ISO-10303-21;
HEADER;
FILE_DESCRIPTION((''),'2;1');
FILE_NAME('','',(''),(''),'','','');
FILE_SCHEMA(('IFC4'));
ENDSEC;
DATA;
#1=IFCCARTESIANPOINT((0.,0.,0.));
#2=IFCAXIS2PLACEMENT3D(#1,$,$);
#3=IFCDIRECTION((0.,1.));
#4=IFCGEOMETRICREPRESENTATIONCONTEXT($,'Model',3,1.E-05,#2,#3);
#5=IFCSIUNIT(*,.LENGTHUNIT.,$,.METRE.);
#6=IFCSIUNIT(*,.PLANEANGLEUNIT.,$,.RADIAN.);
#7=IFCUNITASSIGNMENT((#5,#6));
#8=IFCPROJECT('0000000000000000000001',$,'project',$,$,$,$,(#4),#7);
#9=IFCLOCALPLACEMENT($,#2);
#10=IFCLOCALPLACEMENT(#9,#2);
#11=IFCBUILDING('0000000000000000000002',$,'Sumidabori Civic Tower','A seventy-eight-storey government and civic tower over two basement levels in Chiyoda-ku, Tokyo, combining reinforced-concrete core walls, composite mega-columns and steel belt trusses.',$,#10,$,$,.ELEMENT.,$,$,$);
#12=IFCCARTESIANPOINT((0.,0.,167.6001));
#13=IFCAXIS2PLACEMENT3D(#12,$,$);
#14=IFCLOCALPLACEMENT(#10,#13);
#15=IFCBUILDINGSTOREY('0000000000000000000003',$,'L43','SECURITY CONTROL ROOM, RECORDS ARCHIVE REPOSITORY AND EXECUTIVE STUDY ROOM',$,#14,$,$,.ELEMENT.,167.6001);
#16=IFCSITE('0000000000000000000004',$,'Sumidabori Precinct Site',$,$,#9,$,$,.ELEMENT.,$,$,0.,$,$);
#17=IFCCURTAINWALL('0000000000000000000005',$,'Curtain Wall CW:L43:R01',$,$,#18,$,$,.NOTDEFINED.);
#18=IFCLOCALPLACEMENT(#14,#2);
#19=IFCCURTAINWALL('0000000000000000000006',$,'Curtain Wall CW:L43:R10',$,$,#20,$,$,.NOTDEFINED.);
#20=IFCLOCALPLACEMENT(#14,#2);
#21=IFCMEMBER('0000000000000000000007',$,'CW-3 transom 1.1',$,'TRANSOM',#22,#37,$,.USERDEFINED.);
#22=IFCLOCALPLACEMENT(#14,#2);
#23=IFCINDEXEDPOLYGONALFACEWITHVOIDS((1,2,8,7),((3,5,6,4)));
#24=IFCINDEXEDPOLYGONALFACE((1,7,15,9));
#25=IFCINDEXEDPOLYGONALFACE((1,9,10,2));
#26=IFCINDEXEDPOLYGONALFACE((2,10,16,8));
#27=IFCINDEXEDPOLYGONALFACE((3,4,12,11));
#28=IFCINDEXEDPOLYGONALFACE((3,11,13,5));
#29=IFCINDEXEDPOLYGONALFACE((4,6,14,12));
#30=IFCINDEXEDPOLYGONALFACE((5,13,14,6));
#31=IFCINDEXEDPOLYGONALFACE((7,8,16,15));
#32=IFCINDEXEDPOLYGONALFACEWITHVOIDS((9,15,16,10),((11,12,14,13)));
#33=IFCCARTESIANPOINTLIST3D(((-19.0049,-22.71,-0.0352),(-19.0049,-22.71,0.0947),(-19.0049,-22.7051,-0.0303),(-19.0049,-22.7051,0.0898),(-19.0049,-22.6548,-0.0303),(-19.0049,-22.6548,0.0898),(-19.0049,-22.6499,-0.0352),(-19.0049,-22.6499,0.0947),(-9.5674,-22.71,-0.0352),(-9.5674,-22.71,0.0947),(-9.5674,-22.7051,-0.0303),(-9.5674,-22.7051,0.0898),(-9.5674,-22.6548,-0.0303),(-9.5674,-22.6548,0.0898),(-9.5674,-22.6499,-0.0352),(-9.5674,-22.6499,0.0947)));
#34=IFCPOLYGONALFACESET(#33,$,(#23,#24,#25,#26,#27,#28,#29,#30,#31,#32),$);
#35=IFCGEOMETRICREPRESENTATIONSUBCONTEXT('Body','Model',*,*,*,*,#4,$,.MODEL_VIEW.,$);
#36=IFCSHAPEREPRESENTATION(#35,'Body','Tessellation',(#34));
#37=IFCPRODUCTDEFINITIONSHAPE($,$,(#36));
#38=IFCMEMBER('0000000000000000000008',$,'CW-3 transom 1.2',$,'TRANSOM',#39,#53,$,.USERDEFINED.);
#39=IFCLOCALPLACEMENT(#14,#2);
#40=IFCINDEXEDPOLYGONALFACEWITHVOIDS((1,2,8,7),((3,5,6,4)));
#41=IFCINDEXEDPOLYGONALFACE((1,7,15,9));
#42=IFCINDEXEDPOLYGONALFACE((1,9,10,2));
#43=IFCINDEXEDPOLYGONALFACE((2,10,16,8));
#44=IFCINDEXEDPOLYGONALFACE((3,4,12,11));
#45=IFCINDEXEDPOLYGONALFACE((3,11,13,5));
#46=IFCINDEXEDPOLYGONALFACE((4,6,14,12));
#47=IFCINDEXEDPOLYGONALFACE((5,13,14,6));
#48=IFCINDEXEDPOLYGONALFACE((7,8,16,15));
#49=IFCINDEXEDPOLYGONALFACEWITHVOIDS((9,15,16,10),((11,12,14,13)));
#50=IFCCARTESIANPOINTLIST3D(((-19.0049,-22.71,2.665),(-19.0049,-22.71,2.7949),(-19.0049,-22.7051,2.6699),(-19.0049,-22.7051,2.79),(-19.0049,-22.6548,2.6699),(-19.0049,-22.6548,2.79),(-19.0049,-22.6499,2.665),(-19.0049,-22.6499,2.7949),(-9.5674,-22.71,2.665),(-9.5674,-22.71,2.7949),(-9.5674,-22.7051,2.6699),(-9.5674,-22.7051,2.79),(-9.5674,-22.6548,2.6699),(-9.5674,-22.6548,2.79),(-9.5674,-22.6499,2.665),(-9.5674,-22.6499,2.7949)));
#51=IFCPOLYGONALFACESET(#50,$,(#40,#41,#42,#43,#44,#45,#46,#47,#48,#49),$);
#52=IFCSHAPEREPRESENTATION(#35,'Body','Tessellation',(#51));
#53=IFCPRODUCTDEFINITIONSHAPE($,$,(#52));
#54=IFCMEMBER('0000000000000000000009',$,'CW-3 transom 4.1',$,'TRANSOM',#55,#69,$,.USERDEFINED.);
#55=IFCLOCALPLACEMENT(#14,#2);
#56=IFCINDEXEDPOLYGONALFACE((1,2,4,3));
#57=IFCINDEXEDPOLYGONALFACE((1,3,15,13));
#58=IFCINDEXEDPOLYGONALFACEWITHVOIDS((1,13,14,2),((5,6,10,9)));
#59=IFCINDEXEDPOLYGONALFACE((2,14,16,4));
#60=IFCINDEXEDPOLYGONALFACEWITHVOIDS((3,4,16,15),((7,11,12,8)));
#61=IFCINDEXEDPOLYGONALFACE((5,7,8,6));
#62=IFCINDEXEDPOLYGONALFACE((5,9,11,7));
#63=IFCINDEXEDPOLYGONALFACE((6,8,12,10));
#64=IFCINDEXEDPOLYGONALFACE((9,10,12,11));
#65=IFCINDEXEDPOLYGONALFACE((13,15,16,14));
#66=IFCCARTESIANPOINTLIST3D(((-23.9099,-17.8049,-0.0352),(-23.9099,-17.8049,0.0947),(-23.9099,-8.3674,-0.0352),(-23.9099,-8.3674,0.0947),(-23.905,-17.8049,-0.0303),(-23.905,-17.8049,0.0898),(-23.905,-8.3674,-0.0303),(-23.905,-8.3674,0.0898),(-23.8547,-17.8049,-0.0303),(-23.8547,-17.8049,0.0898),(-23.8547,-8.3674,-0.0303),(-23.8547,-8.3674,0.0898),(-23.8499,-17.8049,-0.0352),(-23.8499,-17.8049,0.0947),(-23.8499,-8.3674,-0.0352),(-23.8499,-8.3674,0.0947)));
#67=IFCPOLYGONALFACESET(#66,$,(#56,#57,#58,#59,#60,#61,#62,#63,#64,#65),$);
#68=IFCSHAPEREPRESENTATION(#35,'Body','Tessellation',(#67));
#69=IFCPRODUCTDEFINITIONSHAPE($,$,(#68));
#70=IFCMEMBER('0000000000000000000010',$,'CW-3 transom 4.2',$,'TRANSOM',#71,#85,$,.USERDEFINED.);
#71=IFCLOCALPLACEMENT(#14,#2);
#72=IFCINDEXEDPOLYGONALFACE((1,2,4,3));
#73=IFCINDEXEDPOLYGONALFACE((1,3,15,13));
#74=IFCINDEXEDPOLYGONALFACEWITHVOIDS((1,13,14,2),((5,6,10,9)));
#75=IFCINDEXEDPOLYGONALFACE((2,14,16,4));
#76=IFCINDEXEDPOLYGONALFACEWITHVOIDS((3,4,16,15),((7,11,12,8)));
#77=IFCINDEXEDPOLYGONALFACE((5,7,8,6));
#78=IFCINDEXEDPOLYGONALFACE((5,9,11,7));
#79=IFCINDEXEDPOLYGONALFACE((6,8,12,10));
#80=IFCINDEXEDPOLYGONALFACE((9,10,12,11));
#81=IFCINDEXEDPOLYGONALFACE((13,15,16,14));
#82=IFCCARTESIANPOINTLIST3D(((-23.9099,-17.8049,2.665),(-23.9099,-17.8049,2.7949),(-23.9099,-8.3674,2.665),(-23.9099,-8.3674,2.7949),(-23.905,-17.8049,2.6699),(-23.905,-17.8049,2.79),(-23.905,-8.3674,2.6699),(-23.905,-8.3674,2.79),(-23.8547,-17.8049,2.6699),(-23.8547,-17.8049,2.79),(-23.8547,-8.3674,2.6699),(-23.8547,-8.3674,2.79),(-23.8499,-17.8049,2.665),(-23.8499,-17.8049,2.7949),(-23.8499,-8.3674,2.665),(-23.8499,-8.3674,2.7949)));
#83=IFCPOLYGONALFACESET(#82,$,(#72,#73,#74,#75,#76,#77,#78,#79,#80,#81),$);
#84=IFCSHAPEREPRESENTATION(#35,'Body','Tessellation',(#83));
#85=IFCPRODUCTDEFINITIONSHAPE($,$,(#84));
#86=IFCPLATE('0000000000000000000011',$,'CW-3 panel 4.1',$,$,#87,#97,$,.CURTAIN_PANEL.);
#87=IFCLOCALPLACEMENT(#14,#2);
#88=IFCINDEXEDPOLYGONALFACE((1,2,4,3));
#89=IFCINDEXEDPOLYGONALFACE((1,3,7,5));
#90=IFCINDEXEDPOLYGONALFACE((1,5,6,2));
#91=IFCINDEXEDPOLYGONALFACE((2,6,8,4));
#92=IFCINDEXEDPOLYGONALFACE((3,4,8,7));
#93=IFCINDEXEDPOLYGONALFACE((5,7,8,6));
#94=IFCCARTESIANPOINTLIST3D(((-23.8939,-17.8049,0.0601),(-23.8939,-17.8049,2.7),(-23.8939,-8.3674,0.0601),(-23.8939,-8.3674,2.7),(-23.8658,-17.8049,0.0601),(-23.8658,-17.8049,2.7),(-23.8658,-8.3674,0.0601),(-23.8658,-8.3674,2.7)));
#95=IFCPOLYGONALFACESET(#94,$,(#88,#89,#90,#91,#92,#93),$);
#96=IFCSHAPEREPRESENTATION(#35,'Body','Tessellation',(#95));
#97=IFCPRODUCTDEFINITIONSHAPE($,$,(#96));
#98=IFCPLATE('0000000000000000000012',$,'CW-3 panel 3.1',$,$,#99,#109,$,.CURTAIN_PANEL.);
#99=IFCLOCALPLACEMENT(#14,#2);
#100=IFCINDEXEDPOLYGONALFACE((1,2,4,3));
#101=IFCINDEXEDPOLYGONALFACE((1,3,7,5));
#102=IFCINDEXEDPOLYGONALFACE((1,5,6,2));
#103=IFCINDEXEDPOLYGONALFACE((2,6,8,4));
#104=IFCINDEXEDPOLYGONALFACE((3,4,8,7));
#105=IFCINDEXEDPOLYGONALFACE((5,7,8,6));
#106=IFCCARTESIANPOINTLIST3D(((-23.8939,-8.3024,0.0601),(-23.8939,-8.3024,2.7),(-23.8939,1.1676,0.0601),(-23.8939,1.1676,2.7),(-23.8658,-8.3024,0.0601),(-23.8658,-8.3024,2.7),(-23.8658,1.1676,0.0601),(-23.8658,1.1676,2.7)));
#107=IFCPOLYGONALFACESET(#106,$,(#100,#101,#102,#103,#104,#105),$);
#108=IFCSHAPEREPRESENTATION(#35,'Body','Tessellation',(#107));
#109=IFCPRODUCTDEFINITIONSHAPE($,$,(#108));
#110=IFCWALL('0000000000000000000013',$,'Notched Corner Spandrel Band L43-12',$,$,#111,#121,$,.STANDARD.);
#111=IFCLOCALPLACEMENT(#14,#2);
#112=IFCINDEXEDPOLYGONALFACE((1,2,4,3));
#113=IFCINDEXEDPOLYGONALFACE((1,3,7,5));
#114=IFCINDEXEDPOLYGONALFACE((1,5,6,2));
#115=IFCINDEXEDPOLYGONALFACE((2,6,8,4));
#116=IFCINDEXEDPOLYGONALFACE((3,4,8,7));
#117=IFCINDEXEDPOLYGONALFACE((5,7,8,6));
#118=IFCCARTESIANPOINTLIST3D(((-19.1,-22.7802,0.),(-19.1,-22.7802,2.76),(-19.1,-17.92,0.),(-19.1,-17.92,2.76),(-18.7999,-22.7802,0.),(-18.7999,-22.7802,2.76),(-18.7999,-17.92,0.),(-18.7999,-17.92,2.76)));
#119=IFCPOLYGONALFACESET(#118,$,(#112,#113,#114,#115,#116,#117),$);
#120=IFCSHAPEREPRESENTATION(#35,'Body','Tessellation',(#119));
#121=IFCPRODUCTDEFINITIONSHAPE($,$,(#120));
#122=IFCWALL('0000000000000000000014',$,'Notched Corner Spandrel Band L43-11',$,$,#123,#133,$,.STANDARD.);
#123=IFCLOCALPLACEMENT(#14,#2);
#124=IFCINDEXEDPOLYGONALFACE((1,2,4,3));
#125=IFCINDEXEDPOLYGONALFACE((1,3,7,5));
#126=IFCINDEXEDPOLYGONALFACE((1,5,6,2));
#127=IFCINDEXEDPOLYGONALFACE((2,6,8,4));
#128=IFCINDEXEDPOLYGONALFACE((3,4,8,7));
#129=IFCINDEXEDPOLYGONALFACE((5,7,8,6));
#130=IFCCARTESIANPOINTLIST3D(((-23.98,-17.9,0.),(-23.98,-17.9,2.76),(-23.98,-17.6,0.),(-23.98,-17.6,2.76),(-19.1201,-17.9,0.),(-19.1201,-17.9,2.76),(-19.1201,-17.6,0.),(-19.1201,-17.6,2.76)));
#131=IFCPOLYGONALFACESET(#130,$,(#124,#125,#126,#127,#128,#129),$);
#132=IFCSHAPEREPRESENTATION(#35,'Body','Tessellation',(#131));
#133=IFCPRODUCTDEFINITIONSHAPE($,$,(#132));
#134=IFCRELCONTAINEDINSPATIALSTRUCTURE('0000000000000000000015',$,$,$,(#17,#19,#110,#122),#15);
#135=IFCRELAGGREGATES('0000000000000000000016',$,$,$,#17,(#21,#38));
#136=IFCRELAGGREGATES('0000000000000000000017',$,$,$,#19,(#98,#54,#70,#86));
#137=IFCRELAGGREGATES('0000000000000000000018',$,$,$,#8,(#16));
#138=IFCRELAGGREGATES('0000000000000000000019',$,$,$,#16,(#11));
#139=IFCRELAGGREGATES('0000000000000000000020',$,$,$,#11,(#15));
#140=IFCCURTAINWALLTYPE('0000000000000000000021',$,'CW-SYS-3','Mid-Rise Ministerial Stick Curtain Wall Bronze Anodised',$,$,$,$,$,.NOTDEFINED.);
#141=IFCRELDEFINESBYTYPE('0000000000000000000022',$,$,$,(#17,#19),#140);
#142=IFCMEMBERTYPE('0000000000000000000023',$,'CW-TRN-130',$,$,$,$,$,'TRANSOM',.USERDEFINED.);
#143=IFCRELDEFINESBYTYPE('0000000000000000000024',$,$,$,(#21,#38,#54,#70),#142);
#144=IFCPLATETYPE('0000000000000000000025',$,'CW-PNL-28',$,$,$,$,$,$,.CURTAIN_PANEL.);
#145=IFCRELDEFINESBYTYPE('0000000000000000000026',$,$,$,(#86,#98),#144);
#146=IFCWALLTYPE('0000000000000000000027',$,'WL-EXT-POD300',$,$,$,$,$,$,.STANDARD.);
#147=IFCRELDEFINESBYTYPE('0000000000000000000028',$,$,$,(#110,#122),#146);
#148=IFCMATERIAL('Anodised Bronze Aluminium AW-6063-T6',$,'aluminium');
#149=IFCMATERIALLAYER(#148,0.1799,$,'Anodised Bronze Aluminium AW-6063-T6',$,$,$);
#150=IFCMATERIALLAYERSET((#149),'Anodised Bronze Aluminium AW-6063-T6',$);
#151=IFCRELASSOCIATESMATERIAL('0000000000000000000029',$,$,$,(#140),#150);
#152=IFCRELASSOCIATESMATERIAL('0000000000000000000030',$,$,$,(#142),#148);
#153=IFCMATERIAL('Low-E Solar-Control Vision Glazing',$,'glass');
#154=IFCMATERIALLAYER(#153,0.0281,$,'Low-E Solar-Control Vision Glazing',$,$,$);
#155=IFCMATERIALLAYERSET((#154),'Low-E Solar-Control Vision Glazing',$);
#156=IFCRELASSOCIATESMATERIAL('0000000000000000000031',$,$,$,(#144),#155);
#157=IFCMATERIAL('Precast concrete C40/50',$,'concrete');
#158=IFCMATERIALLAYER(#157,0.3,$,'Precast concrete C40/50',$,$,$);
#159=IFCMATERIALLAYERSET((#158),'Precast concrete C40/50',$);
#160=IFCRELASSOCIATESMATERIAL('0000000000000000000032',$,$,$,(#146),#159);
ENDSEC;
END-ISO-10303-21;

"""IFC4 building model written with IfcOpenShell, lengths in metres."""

from ifc_helpers import new_model, si_unit, direction, frame, frame_2d, origin, origin_2d, place, context, subcontext, project, spatial, rectangle, hollow_rectangle, extrude, source, transform, mapped, material, layer, layer_set, material_profile, profile_set, type_object, element, aggregate, save


model = new_model("IFC4")

# Units and contexts
model_context = context("Model", 3, precision=1e-05, world=origin(), true_north=direction((0.0, 1.0)))
body_context = subcontext(model_context, "Body", "Model", "MODEL_VIEW")
ifc_project = project(units=[si_unit("LENGTHUNIT", "METRE"), si_unit("PLANEANGLEUNIT", "RADIAN")], contexts=[model_context])

# Site, building, storey
site_placement = place(None, origin())
site = spatial("IfcSite", under=ifc_project, at=site_placement, Name="Sumidabori Precinct Site", CompositionType="ELEMENT", RefElevation=0.0)
building_placement = place(site_placement, origin())
building = spatial("IfcBuilding", under=site, at=building_placement, Name="Sumidabori Civic Tower", Description="A seventy-eight-storey government and civic tower over two basement levels in Chiyoda-ku, Tokyo, combining reinforced-concrete core walls, composite mega-columns and steel belt trusses.", CompositionType="ELEMENT")
storey_placement = place(building_placement, frame((0.0, 0.0, 167.6001)))
storey = spatial("IfcBuildingStorey", under=building, at=storey_placement, Name="L43", Description="SECURITY CONTROL ROOM, RECORDS ARCHIVE REPOSITORY AND EXECUTIVE STUDY ROOM", CompositionType="ELEMENT", Elevation=167.6001)

# Curtain wall
ifc_material_1 = material(Name="Anodised Bronze Aluminium AW-6063-T6", Category="aluminium")
ifc_layer_1 = layer(ifc_material_1, 0.1799, Name="Anodised Bronze Aluminium AW-6063-T6")
ifc_layer_set_1 = layer_set([ifc_layer_1], Name="Anodised Bronze Aluminium AW-6063-T6")
curtain_wall_type = type_object("IfcCurtainWallType", Name="CW-SYS-3", Description="Mid-Rise Ministerial Stick Curtain Wall Bronze Anodised", PredefinedType="NOTDEFINED", material=ifc_layer_set_1)
curtain_wall_1_placement = place(storey_placement, origin())
curtain_wall_1 = element("IfcCurtainWall", 1, at=curtain_wall_1_placement, inside=storey, type_object=curtain_wall_type, Name="Curtain Wall CW:L43:R01", PredefinedType="NOTDEFINED")

# Curtain wall
curtain_wall_2_placement = place(storey_placement, origin())
curtain_wall_2 = element("IfcCurtainWall", 2, at=curtain_wall_2_placement, inside=storey, type_object=curtain_wall_type, Name="Curtain Wall CW:L43:R10", PredefinedType="NOTDEFINED")

# Members
ifc_material_profile_1 = material_profile(ifc_material_1, hollow_rectangle(XDim=0.0601, YDim=0.1299, WallThickness=0.0049, at=origin_2d()), Name="ALU TRANSOM 130x60")
ifc_profile_set_1 = profile_set([ifc_material_profile_1], Name="Anodised Bronze Aluminium AW-6063-T6")
member_type_1 = type_object("IfcMemberType", Name="CW-TRN-130", ElementType="TRANSOM", PredefinedType="USERDEFINED", material=ifc_profile_set_1)
shared_shape_1 = source(origin(), body_context, "Body", "SweptSolid", [
    extrude(hollow_rectangle(XDim=0.0601, YDim=0.1299, WallThickness=0.0049, at=origin_2d()), origin(), (0.0, 0.0, 1.0), 9.4375),
])
member_1_placement = place(storey_placement, frame((-19.0049, -22.6799, 0.0298), z_axis=(1.0, 0.0, 0.0), x_axis=(0.0, 1.0, 0.0)))
member_1 = element("IfcMember", 3, at=member_1_placement, type_object=member_type_1, Name="CW-3 transom 1.1", ObjectType="TRANSOM", PredefinedType="USERDEFINED", context=body_context, shape_type="MappedRepresentation", body=[
    mapped(shared_shape_1, transform((0.0, 0.0, 0.0), x_axis=(1.0, 0.0, 0.0), y_axis=(0.0, 1.0, 0.0), z_axis=(0.0, 0.0, 1.0), scale=1.0)),
])
member_2_placement = place(storey_placement, frame((-19.0049, -22.6799, 2.73), z_axis=(1.0, 0.0, 0.0), x_axis=(0.0, 1.0, 0.0)))
member_2 = element("IfcMember", 4, at=member_2_placement, type_object=member_type_1, Name="CW-3 transom 1.2", ObjectType="TRANSOM", PredefinedType="USERDEFINED", context=body_context, shape_type="MappedRepresentation", body=[
    mapped(shared_shape_1, transform((0.0, 0.0, 0.0), x_axis=(1.0, 0.0, 0.0), y_axis=(0.0, 1.0, 0.0), z_axis=(0.0, 0.0, 1.0), scale=1.0)),
])
aggregate(curtain_wall_1, [member_1, member_2])
member_3_placement = place(storey_placement, frame((-23.8799, -8.3674, 0.0298), z_axis=(0.0, -1.0, 0.0), x_axis=(1.0, 0.0, 0.0)))
member_3 = element("IfcMember", 5, at=member_3_placement, type_object=member_type_1, Name="CW-3 transom 4.1", ObjectType="TRANSOM", PredefinedType="USERDEFINED", context=body_context, shape_type="MappedRepresentation", body=[
    mapped(shared_shape_1, transform((0.0, 0.0, 0.0), x_axis=(1.0, 0.0, 0.0), y_axis=(0.0, 1.0, 0.0), z_axis=(0.0, 0.0, 1.0), scale=1.0)),
])
member_4_placement = place(storey_placement, frame((-23.8799, -8.3674, 2.73), z_axis=(0.0, -1.0, 0.0), x_axis=(1.0, 0.0, 0.0)))
member_4 = element("IfcMember", 6, at=member_4_placement, type_object=member_type_1, Name="CW-3 transom 4.2", ObjectType="TRANSOM", PredefinedType="USERDEFINED", context=body_context, shape_type="MappedRepresentation", body=[
    mapped(shared_shape_1, transform((0.0, 0.0, 0.0), x_axis=(1.0, 0.0, 0.0), y_axis=(0.0, 1.0, 0.0), z_axis=(0.0, 0.0, 1.0), scale=1.0)),
])

# Plates
ifc_material_2 = material(Name="Low-E Solar-Control Vision Glazing", Category="glass")
ifc_layer_2 = layer(ifc_material_2, 0.0281, Name="Low-E Solar-Control Vision Glazing")
ifc_layer_set_2 = layer_set([ifc_layer_2], Name="Low-E Solar-Control Vision Glazing")
plate_type = type_object("IfcPlateType", Name="CW-PNL-28", PredefinedType="CURTAIN_PANEL", material=ifc_layer_set_2)
shared_shape_2 = source(origin(), body_context, "Body", "SweptSolid", [
    extrude(rectangle(XDim=9.4375, YDim=0.0281, at=origin_2d()), origin(), (0.0, 0.0, 1.0), 2.6399),
])
plate_1_placement = place(storey_placement, frame((-23.8799, -13.0862, 0.0601), z_axis=(0.0, 0.0, 1.0), x_axis=(0.0, -1.0, 0.0)))
plate_1 = element("IfcPlate", 7, at=plate_1_placement, type_object=plate_type, Name="CW-3 panel 4.1", PredefinedType="CURTAIN_PANEL", context=body_context, shape_type="MappedRepresentation", body=[
    mapped(shared_shape_2, transform((0.0, 0.0, 0.0), x_axis=(1.0, 0.0, 0.0), y_axis=(0.0, 1.0, 0.0), z_axis=(0.0, 0.0, 1.0), scale=1.0)),
])
shared_shape_3 = source(origin(), body_context, "Body", "SweptSolid", [
    extrude(rectangle(XDim=9.47, YDim=0.0281, at=origin_2d()), origin(), (0.0, 0.0, 1.0), 2.6399),
])
plate_2_placement = place(storey_placement, frame((-23.8799, -3.5674, 0.0601), z_axis=(0.0, 0.0, 1.0), x_axis=(0.0, -1.0, 0.0)))
plate_2 = element("IfcPlate", 8, at=plate_2_placement, type_object=plate_type, Name="CW-3 panel 3.1", PredefinedType="CURTAIN_PANEL", context=body_context, shape_type="MappedRepresentation", body=[
    mapped(shared_shape_3, transform((0.0, 0.0, 0.0), x_axis=(1.0, 0.0, 0.0), y_axis=(0.0, 1.0, 0.0), z_axis=(0.0, 0.0, 1.0), scale=1.0)),
])
aggregate(curtain_wall_2, [plate_2, member_3, member_4, plate_1])

# Walls
ifc_material_3 = material(Name="Precast concrete C40/50", Category="concrete")
ifc_layer_3 = layer(ifc_material_3, 0.3, Name="Precast concrete C40/50")
ifc_layer_set_3 = layer_set([ifc_layer_3], Name="Precast concrete C40/50")
wall_type_1 = type_object("IfcWallType", Name="WL-EXT-POD300", PredefinedType="STANDARD", material=ifc_layer_set_3)
shared_shape_4 = source(origin(), body_context, "Body", "SweptSolid", [
    extrude(rectangle(XDim=4.8601, YDim=0.3, at=frame_2d((2.4302, 0.0))), origin(), (0.0, 0.0, 1.0), 2.76),
])
wall_1_placement = place(storey_placement, frame((-18.95, -17.9199, 0.0), z_axis=(0.0, 0.0, 1.0), x_axis=(0.0, -1.0, 0.0)))
element("IfcWall", 9, at=wall_1_placement, inside=storey, type_object=wall_type_1, Name="Notched Corner Spandrel Band L43-12", PredefinedType="STANDARD", context=body_context, shape_type="MappedRepresentation", body=[
    mapped(shared_shape_4, transform((0.0, 0.0, 0.0), x_axis=(1.0, 0.0, 0.0), y_axis=(0.0, 1.0, 0.0), z_axis=(0.0, 0.0, 1.0), scale=1.0)),
])
shared_shape_5 = source(origin(), body_context, "Body", "SweptSolid", [
    extrude(rectangle(XDim=4.8599, YDim=0.3, at=frame_2d((2.4299, 0.0))), origin(), (0.0, 0.0, 1.0), 2.76),
])
wall_2_placement = place(storey_placement, frame((-23.98, -17.75, 0.0), z_axis=(0.0, 0.0, 1.0), x_axis=(1.0, 0.0, 0.0)))
element("IfcWall", 10, at=wall_2_placement, inside=storey, type_object=wall_type_1, Name="Notched Corner Spandrel Band L43-11", PredefinedType="STANDARD", context=body_context, shape_type="MappedRepresentation", body=[
    mapped(shared_shape_5, transform((0.0, 0.0, 0.0), x_axis=(1.0, 0.0, 0.0), y_axis=(0.0, 1.0, 0.0), z_axis=(0.0, 0.0, 1.0), scale=1.0)),
])

save(model, "model.ifc")
